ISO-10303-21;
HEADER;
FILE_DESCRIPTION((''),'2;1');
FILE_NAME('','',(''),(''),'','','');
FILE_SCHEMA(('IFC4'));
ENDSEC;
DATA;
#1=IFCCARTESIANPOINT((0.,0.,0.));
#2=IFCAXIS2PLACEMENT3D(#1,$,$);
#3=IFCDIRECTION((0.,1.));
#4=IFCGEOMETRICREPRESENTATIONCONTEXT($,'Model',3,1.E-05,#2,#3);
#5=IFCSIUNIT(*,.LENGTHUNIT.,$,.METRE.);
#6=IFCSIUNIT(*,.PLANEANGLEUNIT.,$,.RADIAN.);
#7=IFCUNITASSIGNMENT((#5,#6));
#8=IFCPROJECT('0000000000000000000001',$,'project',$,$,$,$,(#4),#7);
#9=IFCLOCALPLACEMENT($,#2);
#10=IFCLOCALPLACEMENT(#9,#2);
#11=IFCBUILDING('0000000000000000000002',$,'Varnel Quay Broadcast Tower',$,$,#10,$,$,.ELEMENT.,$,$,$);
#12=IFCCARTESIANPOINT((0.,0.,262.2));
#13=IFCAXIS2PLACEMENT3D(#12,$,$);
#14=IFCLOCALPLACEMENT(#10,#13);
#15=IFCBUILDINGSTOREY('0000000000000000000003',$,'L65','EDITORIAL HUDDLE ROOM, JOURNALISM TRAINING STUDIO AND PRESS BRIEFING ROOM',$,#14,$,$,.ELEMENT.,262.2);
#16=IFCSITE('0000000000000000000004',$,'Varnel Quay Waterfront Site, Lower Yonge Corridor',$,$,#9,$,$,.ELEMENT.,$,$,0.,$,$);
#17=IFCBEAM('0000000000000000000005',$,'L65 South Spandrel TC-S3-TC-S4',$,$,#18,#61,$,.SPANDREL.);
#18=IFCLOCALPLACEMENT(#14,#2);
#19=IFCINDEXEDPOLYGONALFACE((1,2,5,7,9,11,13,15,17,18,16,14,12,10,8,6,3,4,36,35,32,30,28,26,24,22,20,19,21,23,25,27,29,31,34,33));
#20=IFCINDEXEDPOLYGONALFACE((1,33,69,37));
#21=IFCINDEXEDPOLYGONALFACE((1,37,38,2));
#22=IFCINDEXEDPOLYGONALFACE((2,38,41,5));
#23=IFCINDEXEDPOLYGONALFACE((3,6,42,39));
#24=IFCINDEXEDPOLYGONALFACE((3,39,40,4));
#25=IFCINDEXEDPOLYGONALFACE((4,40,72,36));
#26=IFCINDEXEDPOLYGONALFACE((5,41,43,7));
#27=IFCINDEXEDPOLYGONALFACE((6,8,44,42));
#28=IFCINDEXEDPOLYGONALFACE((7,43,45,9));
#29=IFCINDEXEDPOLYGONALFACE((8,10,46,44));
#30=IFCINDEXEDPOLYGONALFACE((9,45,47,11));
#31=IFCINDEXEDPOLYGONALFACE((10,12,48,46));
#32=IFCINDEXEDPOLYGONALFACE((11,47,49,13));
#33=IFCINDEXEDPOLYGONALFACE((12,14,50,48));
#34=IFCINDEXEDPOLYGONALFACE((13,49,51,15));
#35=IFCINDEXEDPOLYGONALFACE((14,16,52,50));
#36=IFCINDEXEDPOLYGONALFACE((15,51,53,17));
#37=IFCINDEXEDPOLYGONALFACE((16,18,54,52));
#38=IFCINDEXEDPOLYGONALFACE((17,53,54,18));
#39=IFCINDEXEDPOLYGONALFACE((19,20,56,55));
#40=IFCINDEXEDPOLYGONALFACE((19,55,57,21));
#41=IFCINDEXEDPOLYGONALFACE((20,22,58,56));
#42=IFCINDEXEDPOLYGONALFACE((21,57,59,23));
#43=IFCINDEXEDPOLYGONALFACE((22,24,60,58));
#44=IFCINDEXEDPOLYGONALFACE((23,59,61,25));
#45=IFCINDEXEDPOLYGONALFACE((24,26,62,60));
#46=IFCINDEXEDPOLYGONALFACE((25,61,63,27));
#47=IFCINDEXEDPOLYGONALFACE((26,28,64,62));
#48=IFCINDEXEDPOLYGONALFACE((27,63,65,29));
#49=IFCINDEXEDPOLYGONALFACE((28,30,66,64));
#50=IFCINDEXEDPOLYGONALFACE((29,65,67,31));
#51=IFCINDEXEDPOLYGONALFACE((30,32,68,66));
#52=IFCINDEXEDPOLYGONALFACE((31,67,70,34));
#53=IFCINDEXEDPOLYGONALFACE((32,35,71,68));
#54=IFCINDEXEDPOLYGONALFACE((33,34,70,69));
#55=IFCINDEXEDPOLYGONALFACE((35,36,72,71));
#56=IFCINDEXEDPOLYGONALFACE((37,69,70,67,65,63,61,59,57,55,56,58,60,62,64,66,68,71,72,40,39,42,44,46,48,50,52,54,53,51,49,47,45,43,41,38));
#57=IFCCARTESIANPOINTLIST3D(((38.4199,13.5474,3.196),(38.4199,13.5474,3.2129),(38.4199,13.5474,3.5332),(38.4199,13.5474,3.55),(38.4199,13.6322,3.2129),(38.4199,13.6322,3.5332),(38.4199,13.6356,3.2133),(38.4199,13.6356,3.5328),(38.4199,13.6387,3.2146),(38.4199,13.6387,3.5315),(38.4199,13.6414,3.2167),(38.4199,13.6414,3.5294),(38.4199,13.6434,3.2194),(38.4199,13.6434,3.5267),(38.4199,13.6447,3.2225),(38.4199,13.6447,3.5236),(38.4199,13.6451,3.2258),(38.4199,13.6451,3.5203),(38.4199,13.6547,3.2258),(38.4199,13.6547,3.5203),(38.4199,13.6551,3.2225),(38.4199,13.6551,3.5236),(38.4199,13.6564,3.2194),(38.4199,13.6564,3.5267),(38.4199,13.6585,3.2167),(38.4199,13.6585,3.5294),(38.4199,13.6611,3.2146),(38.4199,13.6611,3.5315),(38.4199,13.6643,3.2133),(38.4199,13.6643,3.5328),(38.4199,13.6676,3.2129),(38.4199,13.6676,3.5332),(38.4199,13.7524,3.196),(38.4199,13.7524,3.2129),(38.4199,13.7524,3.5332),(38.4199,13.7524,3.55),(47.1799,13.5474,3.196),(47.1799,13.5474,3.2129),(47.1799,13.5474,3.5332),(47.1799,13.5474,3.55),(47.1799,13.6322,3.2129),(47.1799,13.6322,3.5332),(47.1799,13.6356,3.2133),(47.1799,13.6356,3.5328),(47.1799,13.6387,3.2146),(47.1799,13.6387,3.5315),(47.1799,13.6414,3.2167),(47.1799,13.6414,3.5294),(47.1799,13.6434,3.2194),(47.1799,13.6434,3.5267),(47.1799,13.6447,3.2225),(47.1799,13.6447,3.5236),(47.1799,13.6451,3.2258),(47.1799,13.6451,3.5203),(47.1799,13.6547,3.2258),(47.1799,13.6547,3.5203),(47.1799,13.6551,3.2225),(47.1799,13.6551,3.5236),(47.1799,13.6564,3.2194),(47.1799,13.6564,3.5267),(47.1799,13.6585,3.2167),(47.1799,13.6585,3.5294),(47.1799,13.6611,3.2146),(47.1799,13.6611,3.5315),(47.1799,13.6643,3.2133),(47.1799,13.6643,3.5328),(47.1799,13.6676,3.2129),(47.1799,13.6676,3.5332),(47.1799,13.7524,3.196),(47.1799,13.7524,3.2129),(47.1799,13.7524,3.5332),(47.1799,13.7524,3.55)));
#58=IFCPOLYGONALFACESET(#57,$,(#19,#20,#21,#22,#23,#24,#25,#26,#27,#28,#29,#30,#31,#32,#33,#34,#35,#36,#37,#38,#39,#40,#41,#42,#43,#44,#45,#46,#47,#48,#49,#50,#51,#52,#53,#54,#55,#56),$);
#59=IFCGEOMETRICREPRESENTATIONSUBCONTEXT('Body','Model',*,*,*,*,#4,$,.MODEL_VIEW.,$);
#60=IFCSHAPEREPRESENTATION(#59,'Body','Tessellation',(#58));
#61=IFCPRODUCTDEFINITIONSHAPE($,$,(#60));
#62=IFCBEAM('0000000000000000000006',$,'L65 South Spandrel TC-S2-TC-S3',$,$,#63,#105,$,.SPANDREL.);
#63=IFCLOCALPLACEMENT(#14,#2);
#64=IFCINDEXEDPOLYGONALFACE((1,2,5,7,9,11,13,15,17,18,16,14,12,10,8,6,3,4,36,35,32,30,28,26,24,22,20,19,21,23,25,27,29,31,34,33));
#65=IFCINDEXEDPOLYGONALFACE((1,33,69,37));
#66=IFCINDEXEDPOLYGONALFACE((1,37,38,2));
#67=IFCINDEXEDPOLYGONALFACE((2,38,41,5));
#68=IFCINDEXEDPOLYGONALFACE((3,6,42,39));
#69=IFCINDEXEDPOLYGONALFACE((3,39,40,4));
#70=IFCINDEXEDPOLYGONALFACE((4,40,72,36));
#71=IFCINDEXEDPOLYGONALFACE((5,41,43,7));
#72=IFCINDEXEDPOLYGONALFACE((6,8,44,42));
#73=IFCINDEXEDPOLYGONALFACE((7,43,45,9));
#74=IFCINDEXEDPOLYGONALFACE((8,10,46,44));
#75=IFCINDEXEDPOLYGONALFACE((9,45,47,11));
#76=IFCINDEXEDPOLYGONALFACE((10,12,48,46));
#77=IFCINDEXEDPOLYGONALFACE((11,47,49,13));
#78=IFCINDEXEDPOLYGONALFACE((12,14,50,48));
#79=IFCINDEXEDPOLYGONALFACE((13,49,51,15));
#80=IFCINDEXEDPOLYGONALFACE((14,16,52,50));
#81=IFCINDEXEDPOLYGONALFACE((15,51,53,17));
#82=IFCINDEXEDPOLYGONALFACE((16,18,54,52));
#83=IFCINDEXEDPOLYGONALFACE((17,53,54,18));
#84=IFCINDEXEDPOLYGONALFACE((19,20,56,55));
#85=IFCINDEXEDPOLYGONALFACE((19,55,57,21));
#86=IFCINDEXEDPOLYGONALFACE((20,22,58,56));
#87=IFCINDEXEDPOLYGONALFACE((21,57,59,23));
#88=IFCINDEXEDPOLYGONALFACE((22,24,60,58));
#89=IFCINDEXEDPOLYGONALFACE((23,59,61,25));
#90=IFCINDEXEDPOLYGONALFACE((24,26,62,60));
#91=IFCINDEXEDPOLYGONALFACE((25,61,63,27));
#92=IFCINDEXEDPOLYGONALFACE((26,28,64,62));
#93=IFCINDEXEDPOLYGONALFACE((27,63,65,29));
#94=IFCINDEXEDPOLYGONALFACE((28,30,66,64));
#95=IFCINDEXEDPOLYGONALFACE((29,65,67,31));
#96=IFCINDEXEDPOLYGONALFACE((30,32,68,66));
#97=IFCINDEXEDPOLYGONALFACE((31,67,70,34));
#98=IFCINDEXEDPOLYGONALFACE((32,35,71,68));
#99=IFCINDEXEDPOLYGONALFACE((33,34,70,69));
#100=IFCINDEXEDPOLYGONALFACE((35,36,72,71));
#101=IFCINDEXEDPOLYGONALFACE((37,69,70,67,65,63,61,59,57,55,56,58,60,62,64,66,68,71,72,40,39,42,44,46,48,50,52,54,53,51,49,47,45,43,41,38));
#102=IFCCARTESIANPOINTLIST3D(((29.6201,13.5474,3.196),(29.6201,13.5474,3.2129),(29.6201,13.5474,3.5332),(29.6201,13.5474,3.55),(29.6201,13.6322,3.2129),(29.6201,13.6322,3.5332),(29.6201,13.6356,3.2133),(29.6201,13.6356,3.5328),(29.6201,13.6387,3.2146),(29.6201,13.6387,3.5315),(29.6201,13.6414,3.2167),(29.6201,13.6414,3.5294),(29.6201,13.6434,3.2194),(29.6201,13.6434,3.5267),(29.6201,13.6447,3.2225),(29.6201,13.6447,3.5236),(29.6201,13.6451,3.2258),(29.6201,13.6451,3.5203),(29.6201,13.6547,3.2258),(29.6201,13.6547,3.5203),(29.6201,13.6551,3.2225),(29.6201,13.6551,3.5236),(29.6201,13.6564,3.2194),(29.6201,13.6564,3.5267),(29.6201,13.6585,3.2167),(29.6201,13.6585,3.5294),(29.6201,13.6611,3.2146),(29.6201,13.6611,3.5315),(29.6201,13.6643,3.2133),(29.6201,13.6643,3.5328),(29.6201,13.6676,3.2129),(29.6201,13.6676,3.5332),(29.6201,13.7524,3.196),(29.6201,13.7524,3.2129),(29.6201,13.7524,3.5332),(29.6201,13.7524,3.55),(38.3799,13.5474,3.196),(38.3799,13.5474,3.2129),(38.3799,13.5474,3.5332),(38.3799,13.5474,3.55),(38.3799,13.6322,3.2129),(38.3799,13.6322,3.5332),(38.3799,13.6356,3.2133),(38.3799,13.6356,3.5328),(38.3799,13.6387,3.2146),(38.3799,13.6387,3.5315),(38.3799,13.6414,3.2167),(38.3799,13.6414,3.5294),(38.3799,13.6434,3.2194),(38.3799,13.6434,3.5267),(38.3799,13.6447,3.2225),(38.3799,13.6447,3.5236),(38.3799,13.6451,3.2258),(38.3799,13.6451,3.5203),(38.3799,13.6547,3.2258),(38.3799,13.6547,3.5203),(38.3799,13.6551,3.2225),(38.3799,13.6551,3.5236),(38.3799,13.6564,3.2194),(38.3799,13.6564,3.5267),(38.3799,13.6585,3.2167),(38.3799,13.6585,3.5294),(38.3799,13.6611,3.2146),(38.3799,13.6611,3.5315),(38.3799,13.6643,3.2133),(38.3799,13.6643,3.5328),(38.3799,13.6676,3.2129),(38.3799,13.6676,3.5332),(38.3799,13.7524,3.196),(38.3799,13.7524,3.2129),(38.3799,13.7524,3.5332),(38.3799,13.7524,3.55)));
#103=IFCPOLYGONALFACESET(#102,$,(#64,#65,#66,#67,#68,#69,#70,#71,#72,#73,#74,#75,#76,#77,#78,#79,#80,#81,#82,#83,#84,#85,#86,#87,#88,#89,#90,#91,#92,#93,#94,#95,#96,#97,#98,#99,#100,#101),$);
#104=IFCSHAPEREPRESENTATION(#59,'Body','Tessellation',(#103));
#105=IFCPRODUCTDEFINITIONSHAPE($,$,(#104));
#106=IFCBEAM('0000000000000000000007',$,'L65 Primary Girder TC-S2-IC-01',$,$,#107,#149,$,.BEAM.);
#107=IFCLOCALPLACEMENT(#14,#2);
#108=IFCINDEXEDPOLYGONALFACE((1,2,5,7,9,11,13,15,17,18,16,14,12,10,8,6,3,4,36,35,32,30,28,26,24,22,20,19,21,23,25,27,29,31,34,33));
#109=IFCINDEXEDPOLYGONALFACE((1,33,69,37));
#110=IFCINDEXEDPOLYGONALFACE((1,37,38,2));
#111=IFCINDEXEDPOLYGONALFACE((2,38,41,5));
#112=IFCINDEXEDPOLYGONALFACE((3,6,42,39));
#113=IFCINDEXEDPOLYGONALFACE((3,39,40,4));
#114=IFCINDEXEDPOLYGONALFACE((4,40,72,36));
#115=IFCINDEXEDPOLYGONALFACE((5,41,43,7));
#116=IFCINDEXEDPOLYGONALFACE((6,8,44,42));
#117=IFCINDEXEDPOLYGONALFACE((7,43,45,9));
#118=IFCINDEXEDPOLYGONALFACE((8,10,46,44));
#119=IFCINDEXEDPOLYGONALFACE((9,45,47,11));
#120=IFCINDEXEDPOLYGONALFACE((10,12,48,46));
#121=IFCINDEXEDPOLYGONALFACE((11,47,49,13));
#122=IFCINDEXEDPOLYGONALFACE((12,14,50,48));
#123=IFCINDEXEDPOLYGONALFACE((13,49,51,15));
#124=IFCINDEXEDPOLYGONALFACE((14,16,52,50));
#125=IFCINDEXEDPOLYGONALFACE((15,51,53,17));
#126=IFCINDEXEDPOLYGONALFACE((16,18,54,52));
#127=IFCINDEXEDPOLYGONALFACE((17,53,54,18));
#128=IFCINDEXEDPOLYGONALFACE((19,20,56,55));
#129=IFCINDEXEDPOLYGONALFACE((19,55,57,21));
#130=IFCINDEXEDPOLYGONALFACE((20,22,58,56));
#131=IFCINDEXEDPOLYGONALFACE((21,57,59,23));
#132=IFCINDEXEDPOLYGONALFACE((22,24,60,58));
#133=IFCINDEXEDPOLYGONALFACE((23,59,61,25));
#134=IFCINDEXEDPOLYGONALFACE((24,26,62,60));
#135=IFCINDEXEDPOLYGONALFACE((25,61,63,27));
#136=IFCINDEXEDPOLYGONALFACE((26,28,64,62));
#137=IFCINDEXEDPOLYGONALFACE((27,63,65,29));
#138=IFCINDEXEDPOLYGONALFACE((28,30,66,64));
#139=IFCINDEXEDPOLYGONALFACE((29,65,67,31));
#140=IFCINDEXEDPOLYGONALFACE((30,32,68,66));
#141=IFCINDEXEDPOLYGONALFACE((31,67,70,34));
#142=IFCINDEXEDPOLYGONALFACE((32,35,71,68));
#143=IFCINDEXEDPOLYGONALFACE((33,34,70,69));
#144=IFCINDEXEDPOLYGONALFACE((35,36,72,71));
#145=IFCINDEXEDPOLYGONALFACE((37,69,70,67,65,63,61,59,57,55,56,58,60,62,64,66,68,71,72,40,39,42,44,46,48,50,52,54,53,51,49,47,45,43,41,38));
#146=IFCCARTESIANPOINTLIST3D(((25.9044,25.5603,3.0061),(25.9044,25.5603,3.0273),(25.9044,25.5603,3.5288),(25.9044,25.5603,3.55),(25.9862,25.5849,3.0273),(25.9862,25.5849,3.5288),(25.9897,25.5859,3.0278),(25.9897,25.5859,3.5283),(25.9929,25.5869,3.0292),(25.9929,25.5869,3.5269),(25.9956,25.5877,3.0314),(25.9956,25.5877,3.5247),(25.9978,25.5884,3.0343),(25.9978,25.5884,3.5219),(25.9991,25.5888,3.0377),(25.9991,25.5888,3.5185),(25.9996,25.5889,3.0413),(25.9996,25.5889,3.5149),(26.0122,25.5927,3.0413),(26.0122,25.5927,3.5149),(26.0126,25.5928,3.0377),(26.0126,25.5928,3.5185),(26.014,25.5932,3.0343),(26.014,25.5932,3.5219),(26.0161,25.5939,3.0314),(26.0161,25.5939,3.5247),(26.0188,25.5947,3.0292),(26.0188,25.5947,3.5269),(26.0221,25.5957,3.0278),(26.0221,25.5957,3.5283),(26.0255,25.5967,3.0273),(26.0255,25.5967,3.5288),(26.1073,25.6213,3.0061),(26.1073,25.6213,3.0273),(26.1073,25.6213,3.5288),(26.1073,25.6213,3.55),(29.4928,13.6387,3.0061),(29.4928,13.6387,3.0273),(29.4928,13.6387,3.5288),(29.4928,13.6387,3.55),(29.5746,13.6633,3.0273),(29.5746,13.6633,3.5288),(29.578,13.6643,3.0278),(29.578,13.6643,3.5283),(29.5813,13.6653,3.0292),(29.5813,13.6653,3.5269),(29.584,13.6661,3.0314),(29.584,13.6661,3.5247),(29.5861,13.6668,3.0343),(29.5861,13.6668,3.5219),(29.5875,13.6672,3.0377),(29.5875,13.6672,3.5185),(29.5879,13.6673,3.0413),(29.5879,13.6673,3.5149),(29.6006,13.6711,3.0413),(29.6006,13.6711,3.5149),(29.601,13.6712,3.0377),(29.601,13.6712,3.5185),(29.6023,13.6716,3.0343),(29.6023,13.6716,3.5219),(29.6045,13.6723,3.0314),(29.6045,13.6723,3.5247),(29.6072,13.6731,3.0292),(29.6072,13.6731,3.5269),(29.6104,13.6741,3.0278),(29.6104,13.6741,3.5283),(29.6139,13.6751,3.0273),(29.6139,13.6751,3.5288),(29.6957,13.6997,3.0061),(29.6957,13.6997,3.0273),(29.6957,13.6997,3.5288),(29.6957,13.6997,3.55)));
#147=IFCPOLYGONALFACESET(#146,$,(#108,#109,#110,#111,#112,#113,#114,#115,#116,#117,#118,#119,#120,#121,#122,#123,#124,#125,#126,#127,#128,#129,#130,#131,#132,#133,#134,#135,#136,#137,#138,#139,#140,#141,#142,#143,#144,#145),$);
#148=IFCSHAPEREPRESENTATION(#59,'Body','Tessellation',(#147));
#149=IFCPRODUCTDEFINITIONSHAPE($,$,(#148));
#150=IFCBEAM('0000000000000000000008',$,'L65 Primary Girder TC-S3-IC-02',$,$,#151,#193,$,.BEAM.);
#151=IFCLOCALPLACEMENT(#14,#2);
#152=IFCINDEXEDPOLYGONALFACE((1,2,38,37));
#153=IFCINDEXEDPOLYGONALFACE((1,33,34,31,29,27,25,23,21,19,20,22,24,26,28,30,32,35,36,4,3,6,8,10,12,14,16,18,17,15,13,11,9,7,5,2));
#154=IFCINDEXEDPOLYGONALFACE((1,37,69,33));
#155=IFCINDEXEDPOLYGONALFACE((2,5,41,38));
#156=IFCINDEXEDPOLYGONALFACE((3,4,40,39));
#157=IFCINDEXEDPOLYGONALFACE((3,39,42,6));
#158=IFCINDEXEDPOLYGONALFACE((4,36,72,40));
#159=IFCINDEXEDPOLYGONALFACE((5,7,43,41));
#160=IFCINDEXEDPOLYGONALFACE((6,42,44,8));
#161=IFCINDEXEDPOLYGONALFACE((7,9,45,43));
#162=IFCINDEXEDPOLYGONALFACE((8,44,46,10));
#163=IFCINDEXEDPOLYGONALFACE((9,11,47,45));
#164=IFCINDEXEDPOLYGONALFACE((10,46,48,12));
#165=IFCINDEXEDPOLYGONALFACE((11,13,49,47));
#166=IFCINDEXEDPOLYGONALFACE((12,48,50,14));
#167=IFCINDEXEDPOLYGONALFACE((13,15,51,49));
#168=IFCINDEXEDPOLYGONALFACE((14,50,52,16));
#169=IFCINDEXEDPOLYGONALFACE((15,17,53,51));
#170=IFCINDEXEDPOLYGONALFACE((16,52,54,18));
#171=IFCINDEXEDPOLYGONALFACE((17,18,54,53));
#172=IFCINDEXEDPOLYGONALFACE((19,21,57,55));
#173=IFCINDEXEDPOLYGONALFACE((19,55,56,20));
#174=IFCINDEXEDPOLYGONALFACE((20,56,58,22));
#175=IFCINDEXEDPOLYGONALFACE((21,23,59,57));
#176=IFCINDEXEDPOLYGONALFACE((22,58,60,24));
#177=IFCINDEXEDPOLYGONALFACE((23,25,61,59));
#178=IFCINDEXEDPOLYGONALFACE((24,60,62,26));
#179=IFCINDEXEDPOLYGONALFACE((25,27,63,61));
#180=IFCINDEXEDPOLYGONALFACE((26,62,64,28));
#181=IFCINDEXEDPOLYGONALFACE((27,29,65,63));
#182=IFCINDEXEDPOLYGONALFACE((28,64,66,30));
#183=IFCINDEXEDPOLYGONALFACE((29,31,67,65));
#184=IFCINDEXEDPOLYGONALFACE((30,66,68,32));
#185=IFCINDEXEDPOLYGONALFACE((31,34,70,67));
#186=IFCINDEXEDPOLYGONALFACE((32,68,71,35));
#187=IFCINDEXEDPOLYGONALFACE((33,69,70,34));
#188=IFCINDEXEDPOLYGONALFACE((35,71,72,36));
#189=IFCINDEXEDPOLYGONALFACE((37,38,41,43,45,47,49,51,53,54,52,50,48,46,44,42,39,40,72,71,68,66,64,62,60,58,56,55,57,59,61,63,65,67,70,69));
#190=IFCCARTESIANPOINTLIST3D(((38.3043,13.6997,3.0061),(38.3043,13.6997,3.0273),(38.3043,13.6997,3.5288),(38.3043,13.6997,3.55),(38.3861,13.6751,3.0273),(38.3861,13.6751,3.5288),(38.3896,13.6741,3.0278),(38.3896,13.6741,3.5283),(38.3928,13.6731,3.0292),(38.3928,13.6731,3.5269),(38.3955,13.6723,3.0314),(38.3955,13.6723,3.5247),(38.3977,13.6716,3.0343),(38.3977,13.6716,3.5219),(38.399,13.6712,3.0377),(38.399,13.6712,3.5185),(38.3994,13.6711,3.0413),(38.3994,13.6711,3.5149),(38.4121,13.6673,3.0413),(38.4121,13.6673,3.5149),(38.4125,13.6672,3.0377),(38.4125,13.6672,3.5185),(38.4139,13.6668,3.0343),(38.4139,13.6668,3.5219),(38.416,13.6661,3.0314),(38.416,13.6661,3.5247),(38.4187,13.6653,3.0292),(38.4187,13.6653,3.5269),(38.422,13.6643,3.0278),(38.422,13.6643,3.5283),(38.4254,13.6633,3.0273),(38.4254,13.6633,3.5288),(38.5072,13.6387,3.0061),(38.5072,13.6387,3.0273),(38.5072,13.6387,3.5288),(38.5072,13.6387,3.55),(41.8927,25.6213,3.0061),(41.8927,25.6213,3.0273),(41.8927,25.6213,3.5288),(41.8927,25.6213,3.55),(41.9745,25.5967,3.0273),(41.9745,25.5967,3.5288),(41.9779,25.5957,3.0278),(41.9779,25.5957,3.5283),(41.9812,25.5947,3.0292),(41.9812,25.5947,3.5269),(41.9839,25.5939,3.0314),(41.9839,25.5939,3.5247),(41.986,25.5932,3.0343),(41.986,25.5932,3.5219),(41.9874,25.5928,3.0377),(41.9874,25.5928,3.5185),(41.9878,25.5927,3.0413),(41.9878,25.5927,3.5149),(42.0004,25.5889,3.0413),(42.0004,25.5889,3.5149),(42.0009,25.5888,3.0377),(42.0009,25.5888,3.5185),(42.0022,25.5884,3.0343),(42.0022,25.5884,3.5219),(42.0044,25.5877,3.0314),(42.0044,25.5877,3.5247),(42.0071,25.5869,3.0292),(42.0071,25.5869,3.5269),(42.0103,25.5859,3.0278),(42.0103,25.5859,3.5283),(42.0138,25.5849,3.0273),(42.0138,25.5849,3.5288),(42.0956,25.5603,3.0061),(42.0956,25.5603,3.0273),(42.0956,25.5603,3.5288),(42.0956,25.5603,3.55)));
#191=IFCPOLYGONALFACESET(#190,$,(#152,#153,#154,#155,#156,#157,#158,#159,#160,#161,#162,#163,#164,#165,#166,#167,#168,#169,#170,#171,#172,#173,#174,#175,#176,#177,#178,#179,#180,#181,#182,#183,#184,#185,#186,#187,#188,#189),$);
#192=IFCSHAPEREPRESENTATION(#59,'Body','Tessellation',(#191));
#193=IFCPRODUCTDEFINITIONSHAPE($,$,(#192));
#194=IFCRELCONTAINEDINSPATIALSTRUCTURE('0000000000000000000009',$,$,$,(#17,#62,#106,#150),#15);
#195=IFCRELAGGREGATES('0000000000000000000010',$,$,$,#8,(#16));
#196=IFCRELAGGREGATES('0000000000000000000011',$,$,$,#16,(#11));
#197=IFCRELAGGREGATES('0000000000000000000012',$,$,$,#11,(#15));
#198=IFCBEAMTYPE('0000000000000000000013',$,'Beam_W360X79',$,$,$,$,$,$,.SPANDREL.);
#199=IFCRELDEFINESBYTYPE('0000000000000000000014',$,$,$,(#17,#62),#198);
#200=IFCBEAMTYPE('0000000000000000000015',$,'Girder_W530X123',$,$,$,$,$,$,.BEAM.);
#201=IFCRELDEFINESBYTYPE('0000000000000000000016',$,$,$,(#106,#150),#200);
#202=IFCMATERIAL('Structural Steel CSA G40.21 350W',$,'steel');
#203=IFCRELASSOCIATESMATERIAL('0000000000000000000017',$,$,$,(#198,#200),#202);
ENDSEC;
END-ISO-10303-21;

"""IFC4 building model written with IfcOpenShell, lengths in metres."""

from ifc_helpers import new_model, si_unit, direction, frame, origin, origin_2d, place, context, subcontext, project, spatial, i_section, extrude, source, transform, mapped, material, material_profile, profile_set, type_object, type_shapes, element, save


model = new_model("IFC4")

# Units and contexts
model_context = context("Model", 3, precision=1e-05, world=origin(), true_north=direction((0.0, 1.0)))
body_context = subcontext(model_context, "Body", "Model", "MODEL_VIEW")
ifc_project = project(units=[si_unit("LENGTHUNIT", "METRE"), si_unit("PLANEANGLEUNIT", "RADIAN")], contexts=[model_context])

# Site, building, storey
site_placement = place(None, origin())
site = spatial("IfcSite", under=ifc_project, at=site_placement, Name="Varnel Quay Waterfront Site, Lower Yonge Corridor", CompositionType="ELEMENT", RefElevation=0.0)
building_placement = place(site_placement, origin())
building = spatial("IfcBuilding", under=site, at=building_placement, Name="Varnel Quay Broadcast Tower", CompositionType="ELEMENT")
storey_placement = place(building_placement, frame((0.0, 0.0, 262.2)))
storey = spatial("IfcBuildingStorey", under=building, at=storey_placement, Name="L65", Description="EDITORIAL HUDDLE ROOM, JOURNALISM TRAINING STUDIO AND PRESS BRIEFING ROOM", CompositionType="ELEMENT", Elevation=262.2)

# Shared definitions
ifc_material_1 = material(Name="Structural Steel CSA G40.21 350W", Category="steel")

# Beams
ifc_material_profile_1 = material_profile(ifc_material_1, i_section(OverallWidth=0.2051, OverallDepth=0.354, WebThickness=0.0095, FlangeThickness=0.0168, FilletRadius=0.0129, at=origin_2d()), Name="W360X79")
ifc_profile_set_1 = profile_set([ifc_material_profile_1], Name="Structural Steel CSA G40.21 350W")
beam_type_1 = type_object("IfcBeamType", Name="Beam_W360X79", PredefinedType="SPANDREL", material=ifc_profile_set_1)
shared_shape_1 = source(origin(), body_context, "Body", "SweptSolid", [
    extrude(i_section(OverallWidth=0.2051, OverallDepth=0.354, WebThickness=0.0095, FlangeThickness=0.0168, FilletRadius=0.0129, at=origin_2d()), origin(), (0.0, 0.0, 1.0), 8.76),
])
beam_1_placement = place(storey_placement, frame((38.4199, 13.6499, 3.373), z_axis=(1.0, 0.0, 0.0), x_axis=(0.0, 1.0, 0.0)))
element("IfcBeam", 1, at=beam_1_placement, inside=storey, type_object=beam_type_1, Name="L65 South Spandrel TC-S3-TC-S4", PredefinedType="SPANDREL", context=body_context, shape_type="MappedRepresentation", body=[
    mapped(shared_shape_1, transform((0.0, 0.0, 0.0), x_axis=(1.0, 0.0, 0.0), y_axis=(0.0, 1.0, 0.0), z_axis=(0.0, 0.0, 1.0), scale=1.0)),
])
shared_shape_2 = source(origin(), body_context, "Body", "SweptSolid", [
    extrude(i_section(OverallWidth=0.2051, OverallDepth=0.354, WebThickness=0.0095, FlangeThickness=0.0168, FilletRadius=0.0129, at=origin_2d()), origin(), (0.0, 0.0, 1.0), 8.7598),
])
type_shapes(beam_type_1, [shared_shape_1, shared_shape_2])
beam_2_placement = place(storey_placement, frame((29.6201, 13.6499, 3.373), z_axis=(1.0, 0.0, 0.0), x_axis=(0.0, 1.0, 0.0)))
element("IfcBeam", 2, at=beam_2_placement, inside=storey, type_object=beam_type_1, Name="L65 South Spandrel TC-S2-TC-S3", PredefinedType="SPANDREL", context=body_context, shape_type="MappedRepresentation", body=[
    mapped(shared_shape_2, transform((0.0, 0.0, 0.0), x_axis=(1.0, 0.0, 0.0), y_axis=(0.0, 1.0, 0.0), z_axis=(0.0, 0.0, 1.0), scale=1.0)),
])
ifc_material_profile_2 = material_profile(ifc_material_1, i_section(OverallWidth=0.2119, OverallDepth=0.5439, WebThickness=0.0132, FlangeThickness=0.0212, FilletRadius=0.0139, at=origin_2d()), Name="W530X123")
ifc_profile_set_2 = profile_set([ifc_material_profile_2], Name="Structural Steel CSA G40.21 350W")
beam_type_2 = type_object("IfcBeamType", Name="Girder_W530X123", PredefinedType="BEAM", material=ifc_profile_set_2)
shared_shape_3 = source(origin(), body_context, "Body", "SweptSolid", [
    extrude(i_section(OverallWidth=0.2119, OverallDepth=0.5439, WebThickness=0.0132, FlangeThickness=0.0212, FilletRadius=0.0139, at=origin_2d()), origin(), (0.0, 0.0, 1.0), 12.45),
])
for number, where, z_axis, x_axis, name in (
    (3, (29.5942, 13.6692, 3.2781), (-0.288224, 0.957563, 0.0), (-0.957563, -0.288224, 0.0), "L65 Primary Girder TC-S2-IC-01"),
    (4, (38.4058, 13.6692, 3.2781), (0.288224, 0.957563, 0.0), (-0.957563, 0.288224, 0.0), "L65 Primary Girder TC-S3-IC-02"),
):
    element("IfcBeam", number, at=place(storey_placement, frame(where, z_axis=z_axis, x_axis=x_axis)), inside=storey, type_object=beam_type_2, Name=name, PredefinedType="BEAM", context=body_context, shape_type="MappedRepresentation", body=[
        mapped(shared_shape_3, transform((0.0, 0.0, 0.0), x_axis=(1.0, 0.0, 0.0), y_axis=(0.0, 1.0, 0.0), z_axis=(0.0, 0.0, 1.0), scale=1.0)),
    ])

save(model, "model.ifc")
